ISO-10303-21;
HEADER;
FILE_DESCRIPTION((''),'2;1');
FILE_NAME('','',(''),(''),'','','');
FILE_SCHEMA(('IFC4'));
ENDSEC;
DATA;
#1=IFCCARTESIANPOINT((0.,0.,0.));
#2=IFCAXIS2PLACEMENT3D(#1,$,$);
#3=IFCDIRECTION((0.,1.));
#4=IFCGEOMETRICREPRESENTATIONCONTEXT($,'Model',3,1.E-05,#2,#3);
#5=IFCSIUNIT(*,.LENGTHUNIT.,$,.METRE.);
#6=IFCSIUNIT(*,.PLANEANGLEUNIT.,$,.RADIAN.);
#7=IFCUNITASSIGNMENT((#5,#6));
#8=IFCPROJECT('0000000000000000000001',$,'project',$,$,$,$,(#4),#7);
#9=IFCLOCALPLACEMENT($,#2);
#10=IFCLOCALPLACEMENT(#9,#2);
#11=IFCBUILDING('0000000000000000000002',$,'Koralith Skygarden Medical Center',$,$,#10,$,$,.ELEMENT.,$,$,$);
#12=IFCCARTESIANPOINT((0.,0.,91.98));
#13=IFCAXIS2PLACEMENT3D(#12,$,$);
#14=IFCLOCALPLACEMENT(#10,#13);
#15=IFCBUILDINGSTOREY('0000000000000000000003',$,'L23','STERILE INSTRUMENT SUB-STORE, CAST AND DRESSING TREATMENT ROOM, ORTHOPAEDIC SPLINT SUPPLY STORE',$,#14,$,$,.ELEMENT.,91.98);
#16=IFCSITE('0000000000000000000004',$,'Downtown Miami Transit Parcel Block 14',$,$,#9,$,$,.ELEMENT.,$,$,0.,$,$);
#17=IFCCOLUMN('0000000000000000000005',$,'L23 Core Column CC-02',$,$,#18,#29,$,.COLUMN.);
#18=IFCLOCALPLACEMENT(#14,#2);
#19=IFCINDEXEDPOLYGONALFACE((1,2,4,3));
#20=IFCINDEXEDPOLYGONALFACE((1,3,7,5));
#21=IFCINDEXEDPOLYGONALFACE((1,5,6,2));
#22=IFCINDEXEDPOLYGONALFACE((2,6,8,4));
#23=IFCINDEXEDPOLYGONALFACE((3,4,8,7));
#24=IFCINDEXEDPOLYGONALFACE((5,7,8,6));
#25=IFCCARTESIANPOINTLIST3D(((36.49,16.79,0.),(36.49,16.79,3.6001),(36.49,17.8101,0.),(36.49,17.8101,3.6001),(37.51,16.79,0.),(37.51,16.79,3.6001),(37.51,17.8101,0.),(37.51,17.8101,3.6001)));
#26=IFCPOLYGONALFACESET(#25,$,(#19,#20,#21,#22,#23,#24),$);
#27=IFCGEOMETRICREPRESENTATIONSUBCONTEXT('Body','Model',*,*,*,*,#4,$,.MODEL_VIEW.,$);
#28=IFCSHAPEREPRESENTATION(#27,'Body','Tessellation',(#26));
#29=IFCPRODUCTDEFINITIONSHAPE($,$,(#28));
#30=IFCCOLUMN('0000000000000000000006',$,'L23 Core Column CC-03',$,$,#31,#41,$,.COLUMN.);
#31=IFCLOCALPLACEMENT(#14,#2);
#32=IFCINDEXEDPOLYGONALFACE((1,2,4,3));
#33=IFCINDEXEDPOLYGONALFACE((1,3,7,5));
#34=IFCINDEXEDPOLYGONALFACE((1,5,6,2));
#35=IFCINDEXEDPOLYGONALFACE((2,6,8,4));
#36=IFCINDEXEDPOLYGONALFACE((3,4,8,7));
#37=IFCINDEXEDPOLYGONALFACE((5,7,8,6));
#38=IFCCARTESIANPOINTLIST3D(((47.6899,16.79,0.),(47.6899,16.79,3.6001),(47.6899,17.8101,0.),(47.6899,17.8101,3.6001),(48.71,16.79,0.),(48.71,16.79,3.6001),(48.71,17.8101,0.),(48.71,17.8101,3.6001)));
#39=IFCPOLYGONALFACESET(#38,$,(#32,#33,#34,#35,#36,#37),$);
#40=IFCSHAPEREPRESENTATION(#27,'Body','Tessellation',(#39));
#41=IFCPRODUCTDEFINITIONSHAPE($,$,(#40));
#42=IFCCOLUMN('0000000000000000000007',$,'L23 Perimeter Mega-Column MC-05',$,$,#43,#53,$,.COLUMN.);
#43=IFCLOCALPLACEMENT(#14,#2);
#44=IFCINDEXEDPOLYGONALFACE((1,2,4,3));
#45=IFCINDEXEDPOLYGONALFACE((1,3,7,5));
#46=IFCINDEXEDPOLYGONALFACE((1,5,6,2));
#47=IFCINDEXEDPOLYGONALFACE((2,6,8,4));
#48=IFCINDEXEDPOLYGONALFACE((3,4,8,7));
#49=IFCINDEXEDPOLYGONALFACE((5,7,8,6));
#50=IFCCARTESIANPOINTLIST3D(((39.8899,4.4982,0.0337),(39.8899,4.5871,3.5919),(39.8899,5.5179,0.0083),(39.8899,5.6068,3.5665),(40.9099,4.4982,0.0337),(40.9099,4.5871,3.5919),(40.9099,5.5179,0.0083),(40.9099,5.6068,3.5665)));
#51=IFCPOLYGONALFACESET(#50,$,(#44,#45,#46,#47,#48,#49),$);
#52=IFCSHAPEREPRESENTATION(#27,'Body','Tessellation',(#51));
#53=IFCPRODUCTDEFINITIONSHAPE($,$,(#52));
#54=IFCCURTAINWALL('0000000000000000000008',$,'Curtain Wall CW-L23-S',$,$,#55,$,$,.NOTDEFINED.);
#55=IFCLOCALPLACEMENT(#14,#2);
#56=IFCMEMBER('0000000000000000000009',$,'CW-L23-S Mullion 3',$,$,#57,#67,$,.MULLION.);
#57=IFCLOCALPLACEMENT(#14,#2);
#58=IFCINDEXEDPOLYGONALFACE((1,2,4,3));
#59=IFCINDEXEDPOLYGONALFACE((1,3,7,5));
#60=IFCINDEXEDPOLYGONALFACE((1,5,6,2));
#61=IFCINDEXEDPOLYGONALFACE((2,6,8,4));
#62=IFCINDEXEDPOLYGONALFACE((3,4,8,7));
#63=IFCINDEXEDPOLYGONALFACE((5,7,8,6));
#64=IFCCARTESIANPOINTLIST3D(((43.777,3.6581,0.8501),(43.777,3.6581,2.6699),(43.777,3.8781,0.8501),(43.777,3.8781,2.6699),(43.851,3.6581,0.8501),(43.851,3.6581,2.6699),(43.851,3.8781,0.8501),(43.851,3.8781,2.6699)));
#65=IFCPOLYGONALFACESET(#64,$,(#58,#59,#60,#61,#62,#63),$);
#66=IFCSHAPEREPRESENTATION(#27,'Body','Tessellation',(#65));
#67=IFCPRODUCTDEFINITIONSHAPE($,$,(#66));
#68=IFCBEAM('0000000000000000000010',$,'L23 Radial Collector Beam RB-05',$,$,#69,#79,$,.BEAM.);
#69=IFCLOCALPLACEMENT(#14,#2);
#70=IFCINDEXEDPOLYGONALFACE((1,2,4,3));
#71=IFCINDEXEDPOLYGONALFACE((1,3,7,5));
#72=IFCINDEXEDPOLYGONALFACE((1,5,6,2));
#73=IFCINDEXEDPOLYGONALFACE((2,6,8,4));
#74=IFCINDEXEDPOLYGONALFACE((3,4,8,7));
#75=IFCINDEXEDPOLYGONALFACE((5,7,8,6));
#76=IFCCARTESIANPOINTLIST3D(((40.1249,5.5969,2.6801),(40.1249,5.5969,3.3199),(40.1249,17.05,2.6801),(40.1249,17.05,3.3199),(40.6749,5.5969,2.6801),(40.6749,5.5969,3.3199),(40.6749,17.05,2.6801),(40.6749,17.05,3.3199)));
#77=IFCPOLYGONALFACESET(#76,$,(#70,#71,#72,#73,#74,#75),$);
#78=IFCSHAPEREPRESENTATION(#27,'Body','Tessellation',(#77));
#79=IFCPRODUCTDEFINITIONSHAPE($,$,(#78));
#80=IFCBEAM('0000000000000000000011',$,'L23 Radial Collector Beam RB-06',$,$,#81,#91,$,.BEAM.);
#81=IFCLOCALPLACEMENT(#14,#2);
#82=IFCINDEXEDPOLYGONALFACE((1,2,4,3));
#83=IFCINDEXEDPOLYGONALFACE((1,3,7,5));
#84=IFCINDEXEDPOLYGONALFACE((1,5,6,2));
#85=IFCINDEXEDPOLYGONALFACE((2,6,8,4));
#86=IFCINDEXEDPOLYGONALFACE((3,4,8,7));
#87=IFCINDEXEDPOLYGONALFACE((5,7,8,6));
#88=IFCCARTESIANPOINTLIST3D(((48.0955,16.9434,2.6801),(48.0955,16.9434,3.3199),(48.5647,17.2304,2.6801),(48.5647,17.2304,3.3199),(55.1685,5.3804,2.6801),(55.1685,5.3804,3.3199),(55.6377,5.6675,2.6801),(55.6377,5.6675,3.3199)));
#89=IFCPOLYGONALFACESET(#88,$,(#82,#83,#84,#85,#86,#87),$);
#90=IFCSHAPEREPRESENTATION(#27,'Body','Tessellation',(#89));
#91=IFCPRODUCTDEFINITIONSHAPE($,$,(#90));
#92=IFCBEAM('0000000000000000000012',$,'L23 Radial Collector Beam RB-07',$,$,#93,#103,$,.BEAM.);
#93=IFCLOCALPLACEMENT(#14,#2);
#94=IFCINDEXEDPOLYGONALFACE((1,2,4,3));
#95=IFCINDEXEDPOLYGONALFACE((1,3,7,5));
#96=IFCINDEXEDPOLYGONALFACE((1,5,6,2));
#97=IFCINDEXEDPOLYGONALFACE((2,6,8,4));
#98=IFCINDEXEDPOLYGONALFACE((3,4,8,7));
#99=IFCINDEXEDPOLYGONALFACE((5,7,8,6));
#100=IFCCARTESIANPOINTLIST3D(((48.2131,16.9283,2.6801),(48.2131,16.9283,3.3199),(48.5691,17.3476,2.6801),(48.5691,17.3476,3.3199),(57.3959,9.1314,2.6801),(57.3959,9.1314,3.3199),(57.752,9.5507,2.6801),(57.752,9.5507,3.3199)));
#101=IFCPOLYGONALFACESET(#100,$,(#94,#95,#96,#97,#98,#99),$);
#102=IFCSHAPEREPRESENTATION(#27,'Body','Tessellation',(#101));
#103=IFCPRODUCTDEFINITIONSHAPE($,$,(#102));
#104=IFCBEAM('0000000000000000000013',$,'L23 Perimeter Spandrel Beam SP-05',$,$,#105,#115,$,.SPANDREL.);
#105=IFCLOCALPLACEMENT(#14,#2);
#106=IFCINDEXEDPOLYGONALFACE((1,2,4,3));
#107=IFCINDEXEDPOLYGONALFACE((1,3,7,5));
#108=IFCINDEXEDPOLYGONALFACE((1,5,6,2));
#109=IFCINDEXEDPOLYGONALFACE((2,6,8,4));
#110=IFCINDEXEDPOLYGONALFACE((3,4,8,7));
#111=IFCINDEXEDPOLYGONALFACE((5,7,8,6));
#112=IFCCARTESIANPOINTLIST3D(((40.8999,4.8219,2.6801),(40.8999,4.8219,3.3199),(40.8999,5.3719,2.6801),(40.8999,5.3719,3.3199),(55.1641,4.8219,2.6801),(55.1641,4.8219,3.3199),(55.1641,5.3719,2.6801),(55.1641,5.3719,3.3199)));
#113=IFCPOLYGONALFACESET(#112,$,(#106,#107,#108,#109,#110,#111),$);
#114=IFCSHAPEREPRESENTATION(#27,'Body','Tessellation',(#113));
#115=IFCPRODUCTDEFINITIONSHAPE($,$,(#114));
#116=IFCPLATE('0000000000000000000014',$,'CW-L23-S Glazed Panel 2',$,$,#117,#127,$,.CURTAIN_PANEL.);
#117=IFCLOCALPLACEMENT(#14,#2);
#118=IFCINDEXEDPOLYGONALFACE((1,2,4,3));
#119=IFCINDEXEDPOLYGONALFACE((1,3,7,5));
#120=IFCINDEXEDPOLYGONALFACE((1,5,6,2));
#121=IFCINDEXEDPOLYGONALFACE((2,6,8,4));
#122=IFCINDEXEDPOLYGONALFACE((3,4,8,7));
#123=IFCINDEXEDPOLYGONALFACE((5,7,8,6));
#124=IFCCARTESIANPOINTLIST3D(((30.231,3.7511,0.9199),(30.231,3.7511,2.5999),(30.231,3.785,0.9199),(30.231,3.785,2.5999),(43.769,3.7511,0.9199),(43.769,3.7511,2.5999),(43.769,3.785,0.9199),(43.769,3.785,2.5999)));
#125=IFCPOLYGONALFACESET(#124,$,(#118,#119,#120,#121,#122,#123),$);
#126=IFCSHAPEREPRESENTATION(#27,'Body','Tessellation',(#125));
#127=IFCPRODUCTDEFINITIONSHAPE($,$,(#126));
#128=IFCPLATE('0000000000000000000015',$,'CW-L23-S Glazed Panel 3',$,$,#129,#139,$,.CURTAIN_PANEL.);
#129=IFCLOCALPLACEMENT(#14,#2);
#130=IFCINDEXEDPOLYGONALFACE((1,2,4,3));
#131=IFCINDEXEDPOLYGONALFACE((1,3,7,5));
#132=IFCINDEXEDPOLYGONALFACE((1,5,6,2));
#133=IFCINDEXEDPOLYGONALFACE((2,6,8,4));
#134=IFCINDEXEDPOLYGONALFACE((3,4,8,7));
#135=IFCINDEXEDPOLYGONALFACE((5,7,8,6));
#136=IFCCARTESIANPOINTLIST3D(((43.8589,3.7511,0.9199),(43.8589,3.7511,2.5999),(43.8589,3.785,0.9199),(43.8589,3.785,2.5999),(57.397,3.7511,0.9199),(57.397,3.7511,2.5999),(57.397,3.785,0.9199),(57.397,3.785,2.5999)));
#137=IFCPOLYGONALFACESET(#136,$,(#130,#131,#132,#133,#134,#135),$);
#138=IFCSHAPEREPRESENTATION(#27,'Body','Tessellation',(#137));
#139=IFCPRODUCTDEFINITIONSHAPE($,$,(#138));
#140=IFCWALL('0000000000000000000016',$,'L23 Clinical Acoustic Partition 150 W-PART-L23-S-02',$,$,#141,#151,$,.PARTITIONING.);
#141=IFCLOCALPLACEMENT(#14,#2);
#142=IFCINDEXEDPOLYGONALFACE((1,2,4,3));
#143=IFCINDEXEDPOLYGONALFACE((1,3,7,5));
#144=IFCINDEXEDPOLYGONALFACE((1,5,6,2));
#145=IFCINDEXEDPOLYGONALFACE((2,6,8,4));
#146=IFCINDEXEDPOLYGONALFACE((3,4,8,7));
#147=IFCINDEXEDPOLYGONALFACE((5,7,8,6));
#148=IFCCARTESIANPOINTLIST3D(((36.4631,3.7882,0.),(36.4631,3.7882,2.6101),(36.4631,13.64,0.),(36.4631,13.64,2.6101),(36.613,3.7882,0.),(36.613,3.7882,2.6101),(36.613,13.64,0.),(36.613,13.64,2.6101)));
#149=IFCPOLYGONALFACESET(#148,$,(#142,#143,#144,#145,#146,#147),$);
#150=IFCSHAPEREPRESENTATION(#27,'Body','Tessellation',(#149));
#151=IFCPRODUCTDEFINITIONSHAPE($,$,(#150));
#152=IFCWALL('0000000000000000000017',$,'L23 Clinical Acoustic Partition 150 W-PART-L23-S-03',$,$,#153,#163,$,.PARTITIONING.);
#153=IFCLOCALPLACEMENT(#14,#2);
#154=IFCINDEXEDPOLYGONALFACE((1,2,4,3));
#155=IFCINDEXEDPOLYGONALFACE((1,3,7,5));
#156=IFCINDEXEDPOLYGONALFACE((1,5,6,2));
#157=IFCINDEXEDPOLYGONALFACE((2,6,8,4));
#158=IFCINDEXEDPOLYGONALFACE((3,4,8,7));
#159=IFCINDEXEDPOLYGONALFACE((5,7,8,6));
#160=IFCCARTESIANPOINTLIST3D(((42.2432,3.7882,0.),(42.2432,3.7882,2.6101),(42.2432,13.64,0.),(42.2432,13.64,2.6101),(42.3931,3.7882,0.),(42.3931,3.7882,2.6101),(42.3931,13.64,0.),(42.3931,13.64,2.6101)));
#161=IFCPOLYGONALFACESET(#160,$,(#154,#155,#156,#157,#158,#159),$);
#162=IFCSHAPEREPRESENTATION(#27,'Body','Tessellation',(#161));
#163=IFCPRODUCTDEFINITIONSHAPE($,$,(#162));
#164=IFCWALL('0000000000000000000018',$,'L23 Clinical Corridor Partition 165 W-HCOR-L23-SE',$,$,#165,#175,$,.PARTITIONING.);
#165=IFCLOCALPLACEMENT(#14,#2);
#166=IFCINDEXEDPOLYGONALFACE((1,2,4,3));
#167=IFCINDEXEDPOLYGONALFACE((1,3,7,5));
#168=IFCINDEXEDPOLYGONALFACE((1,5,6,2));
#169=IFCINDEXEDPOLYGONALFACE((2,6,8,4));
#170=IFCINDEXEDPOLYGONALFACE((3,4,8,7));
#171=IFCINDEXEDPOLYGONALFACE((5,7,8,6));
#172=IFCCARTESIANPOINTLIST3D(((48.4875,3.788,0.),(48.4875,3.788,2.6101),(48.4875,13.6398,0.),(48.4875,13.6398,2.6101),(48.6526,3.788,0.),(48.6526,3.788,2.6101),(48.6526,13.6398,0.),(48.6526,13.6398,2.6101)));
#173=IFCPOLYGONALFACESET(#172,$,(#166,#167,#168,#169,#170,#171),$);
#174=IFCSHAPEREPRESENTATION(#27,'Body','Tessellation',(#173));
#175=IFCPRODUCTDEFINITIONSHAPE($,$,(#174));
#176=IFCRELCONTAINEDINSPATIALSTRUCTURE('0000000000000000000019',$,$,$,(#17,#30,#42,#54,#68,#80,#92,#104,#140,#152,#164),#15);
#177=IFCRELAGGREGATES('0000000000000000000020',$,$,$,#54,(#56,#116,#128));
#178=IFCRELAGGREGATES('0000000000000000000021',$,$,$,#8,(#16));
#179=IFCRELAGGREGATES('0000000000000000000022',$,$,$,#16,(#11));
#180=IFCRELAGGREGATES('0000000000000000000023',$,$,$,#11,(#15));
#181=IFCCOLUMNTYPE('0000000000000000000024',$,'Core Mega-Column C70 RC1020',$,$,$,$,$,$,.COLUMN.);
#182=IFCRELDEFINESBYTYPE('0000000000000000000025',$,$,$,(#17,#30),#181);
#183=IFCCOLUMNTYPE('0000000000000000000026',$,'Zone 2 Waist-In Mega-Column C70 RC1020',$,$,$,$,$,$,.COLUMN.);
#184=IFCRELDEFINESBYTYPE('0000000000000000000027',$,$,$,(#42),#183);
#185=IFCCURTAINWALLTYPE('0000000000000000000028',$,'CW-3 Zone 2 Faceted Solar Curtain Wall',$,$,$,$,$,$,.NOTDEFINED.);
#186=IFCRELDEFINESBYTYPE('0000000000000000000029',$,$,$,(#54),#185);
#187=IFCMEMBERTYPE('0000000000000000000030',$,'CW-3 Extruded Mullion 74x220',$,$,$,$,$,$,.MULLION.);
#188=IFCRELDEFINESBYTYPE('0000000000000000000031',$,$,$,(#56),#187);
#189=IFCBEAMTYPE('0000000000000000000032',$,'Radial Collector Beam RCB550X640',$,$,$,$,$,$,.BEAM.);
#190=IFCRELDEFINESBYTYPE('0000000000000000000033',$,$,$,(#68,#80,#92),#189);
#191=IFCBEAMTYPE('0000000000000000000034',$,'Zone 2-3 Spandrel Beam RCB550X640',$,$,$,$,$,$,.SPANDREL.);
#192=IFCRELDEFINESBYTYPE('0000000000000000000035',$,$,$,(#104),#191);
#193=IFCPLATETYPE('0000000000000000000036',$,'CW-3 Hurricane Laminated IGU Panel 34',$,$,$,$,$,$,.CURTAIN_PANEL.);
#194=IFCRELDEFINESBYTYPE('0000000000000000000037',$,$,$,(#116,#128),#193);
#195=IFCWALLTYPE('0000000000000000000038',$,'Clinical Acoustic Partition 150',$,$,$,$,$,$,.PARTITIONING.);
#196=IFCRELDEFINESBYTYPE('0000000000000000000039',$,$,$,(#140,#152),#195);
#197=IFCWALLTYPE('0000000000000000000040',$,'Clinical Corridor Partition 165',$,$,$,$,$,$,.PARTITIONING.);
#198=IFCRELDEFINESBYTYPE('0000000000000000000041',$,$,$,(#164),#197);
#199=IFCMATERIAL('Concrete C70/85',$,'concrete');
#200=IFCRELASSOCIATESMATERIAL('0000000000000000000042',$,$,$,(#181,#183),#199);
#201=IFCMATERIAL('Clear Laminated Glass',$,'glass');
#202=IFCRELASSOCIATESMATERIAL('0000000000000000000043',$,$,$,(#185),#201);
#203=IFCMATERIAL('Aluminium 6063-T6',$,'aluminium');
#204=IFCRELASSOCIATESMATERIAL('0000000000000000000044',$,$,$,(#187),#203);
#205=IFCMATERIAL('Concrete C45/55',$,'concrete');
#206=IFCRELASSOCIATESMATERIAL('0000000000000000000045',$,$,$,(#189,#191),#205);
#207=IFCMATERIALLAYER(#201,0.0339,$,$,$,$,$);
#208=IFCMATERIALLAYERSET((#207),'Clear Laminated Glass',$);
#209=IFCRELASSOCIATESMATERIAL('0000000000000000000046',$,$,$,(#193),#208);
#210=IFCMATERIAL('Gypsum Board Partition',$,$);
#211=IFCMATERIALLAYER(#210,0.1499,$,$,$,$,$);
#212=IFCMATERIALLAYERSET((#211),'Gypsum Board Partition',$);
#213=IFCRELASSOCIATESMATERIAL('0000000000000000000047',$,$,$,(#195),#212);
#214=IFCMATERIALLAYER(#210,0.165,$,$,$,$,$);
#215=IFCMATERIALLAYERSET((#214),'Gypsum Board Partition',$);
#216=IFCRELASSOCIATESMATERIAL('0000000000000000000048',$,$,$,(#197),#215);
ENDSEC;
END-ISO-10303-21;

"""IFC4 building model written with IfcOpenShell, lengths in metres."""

from ifc_helpers import new_model, si_unit, direction, frame, frame_2d, origin, origin_2d, place, context, subcontext, project, spatial, rectangle, extrude, material, layer, layer_set, material_profile, profile_set, type_object, element, aggregate, save


model = new_model("IFC4")

# Units and contexts
model_context = context("Model", 3, precision=1e-05, world=origin(), true_north=direction((0.0, 1.0)))
body_context = subcontext(model_context, "Body", "Model", "MODEL_VIEW")
ifc_project = project(units=[si_unit("LENGTHUNIT", "METRE"), si_unit("PLANEANGLEUNIT", "RADIAN")], contexts=[model_context])

# Site, building, storey
site_placement = place(None, origin())
site = spatial("IfcSite", under=ifc_project, at=site_placement, Name="Downtown Miami Transit Parcel Block 14", CompositionType="ELEMENT", RefElevation=0.0)
building_placement = place(site_placement, origin())
building = spatial("IfcBuilding", under=site, at=building_placement, Name="Koralith Skygarden Medical Center", CompositionType="ELEMENT")
storey_placement = place(building_placement, frame((0.0, 0.0, 91.98)))
storey = spatial("IfcBuildingStorey", under=building, at=storey_placement, Name="L23", Description="STERILE INSTRUMENT SUB-STORE, CAST AND DRESSING TREATMENT ROOM, ORTHOPAEDIC SPLINT SUPPLY STORE", CompositionType="ELEMENT", Elevation=91.98)

# Columns
ifc_material_1 = material(Name="Concrete C70/85", Category="concrete")
ifc_material_profile_1 = material_profile(ifc_material_1, rectangle(XDim=1.02, YDim=1.02, at=origin_2d()), Name="RC1020X1020")
ifc_profile_set_1 = profile_set([ifc_material_profile_1], Name="Concrete C70/85")
column_type_1 = type_object("IfcColumnType", Name="Core Mega-Column C70 RC1020", PredefinedType="COLUMN", material=ifc_profile_set_1)
for number, where, z_axis, x_axis, name in (
    (1, (37.0, 17.3, 0.0), (0.0, 0.0, 1.0), (1.0, 0.0, 0.0), "L23 Core Column CC-02"),
    (2, (48.2, 17.3, 0.0), (0.0, 0.0, 1.0), (1.0, 0.0, 0.0), "L23 Core Column CC-03"),
):
    element("IfcColumn", number, at=place(storey_placement, frame(where, z_axis=z_axis, x_axis=x_axis)), inside=storey, type_object=column_type_1, Name=name, PredefinedType="COLUMN", context=body_context, shape_type="SweptSolid", body=[
        extrude(rectangle(XDim=1.02, YDim=1.02, at=origin_2d()), origin(), (0.0, 0.0, 1.0), 3.6001),
    ])
ifc_material_profile_2 = material_profile(ifc_material_1, rectangle(XDim=1.02, YDim=1.02, at=origin_2d()), Name="RC1020X1020")
ifc_profile_set_2 = profile_set([ifc_material_profile_2], Name="Concrete C70/85")
column_type_2 = type_object("IfcColumnType", Name="Zone 2 Waist-In Mega-Column C70 RC1020", PredefinedType="COLUMN", material=ifc_profile_set_2)
column_placement = place(storey_placement, frame((40.3999, 5.0081, 0.021), z_axis=(0.0, 0.024968, 0.999688), x_axis=(-1.0, 0.0, 0.0)))
element("IfcColumn", 3, at=column_placement, inside=storey, type_object=column_type_2, Name="L23 Perimeter Mega-Column MC-05", PredefinedType="COLUMN", context=body_context, shape_type="SweptSolid", body=[
    extrude(rectangle(XDim=1.02, YDim=1.02, at=origin_2d()), origin(), (0.0, 0.0, 1.0), 3.5593),
])

# Curtain wall, member
ifc_material_2 = material(Name="Clear Laminated Glass", Category="glass")
curtain_wall_type = type_object("IfcCurtainWallType", Name="CW-3 Zone 2 Faceted Solar Curtain Wall", PredefinedType="NOTDEFINED", material=ifc_material_2)
curtain_wall_placement = place(storey_placement, origin())
curtain_wall = element("IfcCurtainWall", 4, at=curtain_wall_placement, inside=storey, type_object=curtain_wall_type, Name="Curtain Wall CW-L23-S", PredefinedType="NOTDEFINED")
ifc_material_3 = material(Name="Aluminium 6063-T6", Category="aluminium")
ifc_material_profile_3 = material_profile(ifc_material_3, rectangle(XDim=0.074, YDim=0.22, at=origin_2d()), Name="MUL74X220")
ifc_profile_set_3 = profile_set([ifc_material_profile_3], Name="Aluminium 6063-T6")
member_type = type_object("IfcMemberType", Name="CW-3 Extruded Mullion 74x220", PredefinedType="MULLION", material=ifc_profile_set_3)
member_placement = place(storey_placement, frame((43.814, 3.7681, 0.8501), z_axis=(0.0, 0.0, 1.0), x_axis=(1.0, 0.0, 0.0)))
member = element("IfcMember", 5, at=member_placement, type_object=member_type, Name="CW-L23-S Mullion 3", PredefinedType="MULLION", context=body_context, shape_type="SweptSolid", body=[
    extrude(rectangle(XDim=0.074, YDim=0.22, at=origin_2d()), origin(), (0.0, 0.0, 1.0), 1.8198),
])

# Beams
ifc_material_4 = material(Name="Concrete C45/55", Category="concrete")
ifc_material_profile_4 = material_profile(ifc_material_4, rectangle(XDim=0.55, YDim=0.6399, at=origin_2d()), Name="RCB550X640")
ifc_profile_set_4 = profile_set([ifc_material_profile_4], Name="Concrete C45/55")
beam_type_1 = type_object("IfcBeamType", Name="Radial Collector Beam RCB550X640", PredefinedType="BEAM", material=ifc_profile_set_4)
beam_1_placement = place(storey_placement, frame((40.3999, 17.05, 3.0), z_axis=(0.0, -1.0, 0.0), x_axis=(1.0, 0.0, 0.0)))
element("IfcBeam", 6, at=beam_1_placement, inside=storey, type_object=beam_type_1, Name="L23 Radial Collector Beam RB-05", PredefinedType="BEAM", context=body_context, shape_type="SweptSolid", body=[
    extrude(rectangle(XDim=0.55, YDim=0.6399, at=origin_2d()), origin(), (0.0, 0.0, 1.0), 11.4531),
])
beam_2_placement = place(storey_placement, frame((48.3301, 17.0869, 3.0), z_axis=(0.521811, -0.853061, 0.0), x_axis=(0.853061, 0.521811, 0.0)))
element("IfcBeam", 7, at=beam_2_placement, inside=storey, type_object=beam_type_1, Name="L23 Radial Collector Beam RB-06", PredefinedType="BEAM", context=body_context, shape_type="SweptSolid", body=[
    extrude(rectangle(XDim=0.55, YDim=0.6399, at=origin_2d()), origin(), (0.0, 0.0, 1.0), 13.5547),
])
beam_3_placement = place(storey_placement, frame((48.3911, 17.1379, 3.0), z_axis=(0.76229, -0.647236, 0.0), x_axis=(0.647236, 0.76229, 0.0)))
element("IfcBeam", 8, at=beam_3_placement, inside=storey, type_object=beam_type_1, Name="L23 Radial Collector Beam RB-07", PredefinedType="BEAM", context=body_context, shape_type="SweptSolid", body=[
    extrude(rectangle(XDim=0.55, YDim=0.6399, at=origin_2d()), origin(), (0.0, 0.0, 1.0), 12.0464),
])
ifc_material_profile_5 = material_profile(ifc_material_4, rectangle(XDim=0.55, YDim=0.6399, at=origin_2d()), Name="RCB550X640")
ifc_profile_set_5 = profile_set([ifc_material_profile_5], Name="Concrete C45/55")
beam_type_2 = type_object("IfcBeamType", Name="Zone 2-3 Spandrel Beam RCB550X640", PredefinedType="SPANDREL", material=ifc_profile_set_5)
beam_4_placement = place(storey_placement, frame((40.8999, 5.0969, 3.0), z_axis=(1.0, 0.0, 0.0), x_axis=(0.0, 1.0, 0.0)))
element("IfcBeam", 9, at=beam_4_placement, inside=storey, type_object=beam_type_2, Name="L23 Perimeter Spandrel Beam SP-05", PredefinedType="SPANDREL", context=body_context, shape_type="SweptSolid", body=[
    extrude(rectangle(XDim=0.55, YDim=0.6399, at=origin_2d()), origin(), (0.0, 0.0, 1.0), 14.2642),
])

# Plates
ifc_layer_1 = layer(ifc_material_2, 0.0339)
ifc_layer_set_1 = layer_set([ifc_layer_1], Name="Clear Laminated Glass")
plate_type = type_object("IfcPlateType", Name="CW-3 Hurricane Laminated IGU Panel 34", PredefinedType="CURTAIN_PANEL", material=ifc_layer_set_1)
plate_1_placement = place(storey_placement, frame((37.0, 3.7681, 0.9199), z_axis=(0.0, 0.0, 1.0), x_axis=(1.0, 0.0, 0.0)))
plate_1 = element("IfcPlate", 10, at=plate_1_placement, type_object=plate_type, Name="CW-L23-S Glazed Panel 2", PredefinedType="CURTAIN_PANEL", context=body_context, shape_type="SweptSolid", body=[
    extrude(rectangle(XDim=13.5381, YDim=0.0339, at=origin_2d()), origin(), (0.0, 0.0, 1.0), 1.6799),
])
plate_2_placement = place(storey_placement, frame((50.6279, 3.7681, 0.9199), z_axis=(0.0, 0.0, 1.0), x_axis=(1.0, 0.0, 0.0)))
plate_2 = element("IfcPlate", 11, at=plate_2_placement, type_object=plate_type, Name="CW-L23-S Glazed Panel 3", PredefinedType="CURTAIN_PANEL", context=body_context, shape_type="SweptSolid", body=[
    extrude(rectangle(XDim=13.5381, YDim=0.0339, at=origin_2d()), origin(), (0.0, 0.0, 1.0), 1.6799),
])
aggregate(curtain_wall, [member, plate_1, plate_2])

# Walls
ifc_material_5 = material(Name="Gypsum Board Partition")
ifc_layer_2 = layer(ifc_material_5, 0.1499)
ifc_layer_set_2 = layer_set([ifc_layer_2], Name="Gypsum Board Partition")
wall_type_1 = type_object("IfcWallType", Name="Clinical Acoustic Partition 150", PredefinedType="PARTITIONING", material=ifc_layer_set_2)
for number, where, z_axis, x_axis, name in (
    (12, (36.5381, 13.6399, 0.0), (0.0, 0.0, 1.0), (0.0, -1.0, 0.0), "L23 Clinical Acoustic Partition 150 W-PART-L23-S-02"),
    (13, (42.3181, 13.6399, 0.0), (0.0, 0.0, 1.0), (0.0, -1.0, 0.0), "L23 Clinical Acoustic Partition 150 W-PART-L23-S-03"),
):
    element("IfcWall", number, at=place(storey_placement, frame(where, z_axis=z_axis, x_axis=x_axis)), inside=storey, type_object=wall_type_1, Name=name, PredefinedType="PARTITIONING", context=body_context, shape_type="SweptSolid", body=[
        extrude(rectangle(XDim=9.8518, YDim=0.1499, at=frame_2d((4.9258, 0.0))), origin(), (0.0, 0.0, 1.0), 2.6101),
    ])
ifc_layer_3 = layer(ifc_material_5, 0.165)
ifc_layer_set_3 = layer_set([ifc_layer_3], Name="Gypsum Board Partition")
wall_type_2 = type_object("IfcWallType", Name="Clinical Corridor Partition 165", PredefinedType="PARTITIONING", material=ifc_layer_set_3)
wall_1_placement = place(storey_placement, frame((48.5701, 3.7881, 0.0), z_axis=(0.0, 0.0, 1.0), x_axis=(0.0, 1.0, 0.0)))
element("IfcWall", 14, at=wall_1_placement, inside=storey, type_object=wall_type_2, Name="L23 Clinical Corridor Partition 165 W-HCOR-L23-SE", PredefinedType="PARTITIONING", context=body_context, shape_type="SweptSolid", body=[
    extrude(rectangle(XDim=9.8518, YDim=0.165, at=frame_2d((4.9258, 0.0))), origin(), (0.0, 0.0, 1.0), 2.6101),
])

save(model, "model.ifc")
